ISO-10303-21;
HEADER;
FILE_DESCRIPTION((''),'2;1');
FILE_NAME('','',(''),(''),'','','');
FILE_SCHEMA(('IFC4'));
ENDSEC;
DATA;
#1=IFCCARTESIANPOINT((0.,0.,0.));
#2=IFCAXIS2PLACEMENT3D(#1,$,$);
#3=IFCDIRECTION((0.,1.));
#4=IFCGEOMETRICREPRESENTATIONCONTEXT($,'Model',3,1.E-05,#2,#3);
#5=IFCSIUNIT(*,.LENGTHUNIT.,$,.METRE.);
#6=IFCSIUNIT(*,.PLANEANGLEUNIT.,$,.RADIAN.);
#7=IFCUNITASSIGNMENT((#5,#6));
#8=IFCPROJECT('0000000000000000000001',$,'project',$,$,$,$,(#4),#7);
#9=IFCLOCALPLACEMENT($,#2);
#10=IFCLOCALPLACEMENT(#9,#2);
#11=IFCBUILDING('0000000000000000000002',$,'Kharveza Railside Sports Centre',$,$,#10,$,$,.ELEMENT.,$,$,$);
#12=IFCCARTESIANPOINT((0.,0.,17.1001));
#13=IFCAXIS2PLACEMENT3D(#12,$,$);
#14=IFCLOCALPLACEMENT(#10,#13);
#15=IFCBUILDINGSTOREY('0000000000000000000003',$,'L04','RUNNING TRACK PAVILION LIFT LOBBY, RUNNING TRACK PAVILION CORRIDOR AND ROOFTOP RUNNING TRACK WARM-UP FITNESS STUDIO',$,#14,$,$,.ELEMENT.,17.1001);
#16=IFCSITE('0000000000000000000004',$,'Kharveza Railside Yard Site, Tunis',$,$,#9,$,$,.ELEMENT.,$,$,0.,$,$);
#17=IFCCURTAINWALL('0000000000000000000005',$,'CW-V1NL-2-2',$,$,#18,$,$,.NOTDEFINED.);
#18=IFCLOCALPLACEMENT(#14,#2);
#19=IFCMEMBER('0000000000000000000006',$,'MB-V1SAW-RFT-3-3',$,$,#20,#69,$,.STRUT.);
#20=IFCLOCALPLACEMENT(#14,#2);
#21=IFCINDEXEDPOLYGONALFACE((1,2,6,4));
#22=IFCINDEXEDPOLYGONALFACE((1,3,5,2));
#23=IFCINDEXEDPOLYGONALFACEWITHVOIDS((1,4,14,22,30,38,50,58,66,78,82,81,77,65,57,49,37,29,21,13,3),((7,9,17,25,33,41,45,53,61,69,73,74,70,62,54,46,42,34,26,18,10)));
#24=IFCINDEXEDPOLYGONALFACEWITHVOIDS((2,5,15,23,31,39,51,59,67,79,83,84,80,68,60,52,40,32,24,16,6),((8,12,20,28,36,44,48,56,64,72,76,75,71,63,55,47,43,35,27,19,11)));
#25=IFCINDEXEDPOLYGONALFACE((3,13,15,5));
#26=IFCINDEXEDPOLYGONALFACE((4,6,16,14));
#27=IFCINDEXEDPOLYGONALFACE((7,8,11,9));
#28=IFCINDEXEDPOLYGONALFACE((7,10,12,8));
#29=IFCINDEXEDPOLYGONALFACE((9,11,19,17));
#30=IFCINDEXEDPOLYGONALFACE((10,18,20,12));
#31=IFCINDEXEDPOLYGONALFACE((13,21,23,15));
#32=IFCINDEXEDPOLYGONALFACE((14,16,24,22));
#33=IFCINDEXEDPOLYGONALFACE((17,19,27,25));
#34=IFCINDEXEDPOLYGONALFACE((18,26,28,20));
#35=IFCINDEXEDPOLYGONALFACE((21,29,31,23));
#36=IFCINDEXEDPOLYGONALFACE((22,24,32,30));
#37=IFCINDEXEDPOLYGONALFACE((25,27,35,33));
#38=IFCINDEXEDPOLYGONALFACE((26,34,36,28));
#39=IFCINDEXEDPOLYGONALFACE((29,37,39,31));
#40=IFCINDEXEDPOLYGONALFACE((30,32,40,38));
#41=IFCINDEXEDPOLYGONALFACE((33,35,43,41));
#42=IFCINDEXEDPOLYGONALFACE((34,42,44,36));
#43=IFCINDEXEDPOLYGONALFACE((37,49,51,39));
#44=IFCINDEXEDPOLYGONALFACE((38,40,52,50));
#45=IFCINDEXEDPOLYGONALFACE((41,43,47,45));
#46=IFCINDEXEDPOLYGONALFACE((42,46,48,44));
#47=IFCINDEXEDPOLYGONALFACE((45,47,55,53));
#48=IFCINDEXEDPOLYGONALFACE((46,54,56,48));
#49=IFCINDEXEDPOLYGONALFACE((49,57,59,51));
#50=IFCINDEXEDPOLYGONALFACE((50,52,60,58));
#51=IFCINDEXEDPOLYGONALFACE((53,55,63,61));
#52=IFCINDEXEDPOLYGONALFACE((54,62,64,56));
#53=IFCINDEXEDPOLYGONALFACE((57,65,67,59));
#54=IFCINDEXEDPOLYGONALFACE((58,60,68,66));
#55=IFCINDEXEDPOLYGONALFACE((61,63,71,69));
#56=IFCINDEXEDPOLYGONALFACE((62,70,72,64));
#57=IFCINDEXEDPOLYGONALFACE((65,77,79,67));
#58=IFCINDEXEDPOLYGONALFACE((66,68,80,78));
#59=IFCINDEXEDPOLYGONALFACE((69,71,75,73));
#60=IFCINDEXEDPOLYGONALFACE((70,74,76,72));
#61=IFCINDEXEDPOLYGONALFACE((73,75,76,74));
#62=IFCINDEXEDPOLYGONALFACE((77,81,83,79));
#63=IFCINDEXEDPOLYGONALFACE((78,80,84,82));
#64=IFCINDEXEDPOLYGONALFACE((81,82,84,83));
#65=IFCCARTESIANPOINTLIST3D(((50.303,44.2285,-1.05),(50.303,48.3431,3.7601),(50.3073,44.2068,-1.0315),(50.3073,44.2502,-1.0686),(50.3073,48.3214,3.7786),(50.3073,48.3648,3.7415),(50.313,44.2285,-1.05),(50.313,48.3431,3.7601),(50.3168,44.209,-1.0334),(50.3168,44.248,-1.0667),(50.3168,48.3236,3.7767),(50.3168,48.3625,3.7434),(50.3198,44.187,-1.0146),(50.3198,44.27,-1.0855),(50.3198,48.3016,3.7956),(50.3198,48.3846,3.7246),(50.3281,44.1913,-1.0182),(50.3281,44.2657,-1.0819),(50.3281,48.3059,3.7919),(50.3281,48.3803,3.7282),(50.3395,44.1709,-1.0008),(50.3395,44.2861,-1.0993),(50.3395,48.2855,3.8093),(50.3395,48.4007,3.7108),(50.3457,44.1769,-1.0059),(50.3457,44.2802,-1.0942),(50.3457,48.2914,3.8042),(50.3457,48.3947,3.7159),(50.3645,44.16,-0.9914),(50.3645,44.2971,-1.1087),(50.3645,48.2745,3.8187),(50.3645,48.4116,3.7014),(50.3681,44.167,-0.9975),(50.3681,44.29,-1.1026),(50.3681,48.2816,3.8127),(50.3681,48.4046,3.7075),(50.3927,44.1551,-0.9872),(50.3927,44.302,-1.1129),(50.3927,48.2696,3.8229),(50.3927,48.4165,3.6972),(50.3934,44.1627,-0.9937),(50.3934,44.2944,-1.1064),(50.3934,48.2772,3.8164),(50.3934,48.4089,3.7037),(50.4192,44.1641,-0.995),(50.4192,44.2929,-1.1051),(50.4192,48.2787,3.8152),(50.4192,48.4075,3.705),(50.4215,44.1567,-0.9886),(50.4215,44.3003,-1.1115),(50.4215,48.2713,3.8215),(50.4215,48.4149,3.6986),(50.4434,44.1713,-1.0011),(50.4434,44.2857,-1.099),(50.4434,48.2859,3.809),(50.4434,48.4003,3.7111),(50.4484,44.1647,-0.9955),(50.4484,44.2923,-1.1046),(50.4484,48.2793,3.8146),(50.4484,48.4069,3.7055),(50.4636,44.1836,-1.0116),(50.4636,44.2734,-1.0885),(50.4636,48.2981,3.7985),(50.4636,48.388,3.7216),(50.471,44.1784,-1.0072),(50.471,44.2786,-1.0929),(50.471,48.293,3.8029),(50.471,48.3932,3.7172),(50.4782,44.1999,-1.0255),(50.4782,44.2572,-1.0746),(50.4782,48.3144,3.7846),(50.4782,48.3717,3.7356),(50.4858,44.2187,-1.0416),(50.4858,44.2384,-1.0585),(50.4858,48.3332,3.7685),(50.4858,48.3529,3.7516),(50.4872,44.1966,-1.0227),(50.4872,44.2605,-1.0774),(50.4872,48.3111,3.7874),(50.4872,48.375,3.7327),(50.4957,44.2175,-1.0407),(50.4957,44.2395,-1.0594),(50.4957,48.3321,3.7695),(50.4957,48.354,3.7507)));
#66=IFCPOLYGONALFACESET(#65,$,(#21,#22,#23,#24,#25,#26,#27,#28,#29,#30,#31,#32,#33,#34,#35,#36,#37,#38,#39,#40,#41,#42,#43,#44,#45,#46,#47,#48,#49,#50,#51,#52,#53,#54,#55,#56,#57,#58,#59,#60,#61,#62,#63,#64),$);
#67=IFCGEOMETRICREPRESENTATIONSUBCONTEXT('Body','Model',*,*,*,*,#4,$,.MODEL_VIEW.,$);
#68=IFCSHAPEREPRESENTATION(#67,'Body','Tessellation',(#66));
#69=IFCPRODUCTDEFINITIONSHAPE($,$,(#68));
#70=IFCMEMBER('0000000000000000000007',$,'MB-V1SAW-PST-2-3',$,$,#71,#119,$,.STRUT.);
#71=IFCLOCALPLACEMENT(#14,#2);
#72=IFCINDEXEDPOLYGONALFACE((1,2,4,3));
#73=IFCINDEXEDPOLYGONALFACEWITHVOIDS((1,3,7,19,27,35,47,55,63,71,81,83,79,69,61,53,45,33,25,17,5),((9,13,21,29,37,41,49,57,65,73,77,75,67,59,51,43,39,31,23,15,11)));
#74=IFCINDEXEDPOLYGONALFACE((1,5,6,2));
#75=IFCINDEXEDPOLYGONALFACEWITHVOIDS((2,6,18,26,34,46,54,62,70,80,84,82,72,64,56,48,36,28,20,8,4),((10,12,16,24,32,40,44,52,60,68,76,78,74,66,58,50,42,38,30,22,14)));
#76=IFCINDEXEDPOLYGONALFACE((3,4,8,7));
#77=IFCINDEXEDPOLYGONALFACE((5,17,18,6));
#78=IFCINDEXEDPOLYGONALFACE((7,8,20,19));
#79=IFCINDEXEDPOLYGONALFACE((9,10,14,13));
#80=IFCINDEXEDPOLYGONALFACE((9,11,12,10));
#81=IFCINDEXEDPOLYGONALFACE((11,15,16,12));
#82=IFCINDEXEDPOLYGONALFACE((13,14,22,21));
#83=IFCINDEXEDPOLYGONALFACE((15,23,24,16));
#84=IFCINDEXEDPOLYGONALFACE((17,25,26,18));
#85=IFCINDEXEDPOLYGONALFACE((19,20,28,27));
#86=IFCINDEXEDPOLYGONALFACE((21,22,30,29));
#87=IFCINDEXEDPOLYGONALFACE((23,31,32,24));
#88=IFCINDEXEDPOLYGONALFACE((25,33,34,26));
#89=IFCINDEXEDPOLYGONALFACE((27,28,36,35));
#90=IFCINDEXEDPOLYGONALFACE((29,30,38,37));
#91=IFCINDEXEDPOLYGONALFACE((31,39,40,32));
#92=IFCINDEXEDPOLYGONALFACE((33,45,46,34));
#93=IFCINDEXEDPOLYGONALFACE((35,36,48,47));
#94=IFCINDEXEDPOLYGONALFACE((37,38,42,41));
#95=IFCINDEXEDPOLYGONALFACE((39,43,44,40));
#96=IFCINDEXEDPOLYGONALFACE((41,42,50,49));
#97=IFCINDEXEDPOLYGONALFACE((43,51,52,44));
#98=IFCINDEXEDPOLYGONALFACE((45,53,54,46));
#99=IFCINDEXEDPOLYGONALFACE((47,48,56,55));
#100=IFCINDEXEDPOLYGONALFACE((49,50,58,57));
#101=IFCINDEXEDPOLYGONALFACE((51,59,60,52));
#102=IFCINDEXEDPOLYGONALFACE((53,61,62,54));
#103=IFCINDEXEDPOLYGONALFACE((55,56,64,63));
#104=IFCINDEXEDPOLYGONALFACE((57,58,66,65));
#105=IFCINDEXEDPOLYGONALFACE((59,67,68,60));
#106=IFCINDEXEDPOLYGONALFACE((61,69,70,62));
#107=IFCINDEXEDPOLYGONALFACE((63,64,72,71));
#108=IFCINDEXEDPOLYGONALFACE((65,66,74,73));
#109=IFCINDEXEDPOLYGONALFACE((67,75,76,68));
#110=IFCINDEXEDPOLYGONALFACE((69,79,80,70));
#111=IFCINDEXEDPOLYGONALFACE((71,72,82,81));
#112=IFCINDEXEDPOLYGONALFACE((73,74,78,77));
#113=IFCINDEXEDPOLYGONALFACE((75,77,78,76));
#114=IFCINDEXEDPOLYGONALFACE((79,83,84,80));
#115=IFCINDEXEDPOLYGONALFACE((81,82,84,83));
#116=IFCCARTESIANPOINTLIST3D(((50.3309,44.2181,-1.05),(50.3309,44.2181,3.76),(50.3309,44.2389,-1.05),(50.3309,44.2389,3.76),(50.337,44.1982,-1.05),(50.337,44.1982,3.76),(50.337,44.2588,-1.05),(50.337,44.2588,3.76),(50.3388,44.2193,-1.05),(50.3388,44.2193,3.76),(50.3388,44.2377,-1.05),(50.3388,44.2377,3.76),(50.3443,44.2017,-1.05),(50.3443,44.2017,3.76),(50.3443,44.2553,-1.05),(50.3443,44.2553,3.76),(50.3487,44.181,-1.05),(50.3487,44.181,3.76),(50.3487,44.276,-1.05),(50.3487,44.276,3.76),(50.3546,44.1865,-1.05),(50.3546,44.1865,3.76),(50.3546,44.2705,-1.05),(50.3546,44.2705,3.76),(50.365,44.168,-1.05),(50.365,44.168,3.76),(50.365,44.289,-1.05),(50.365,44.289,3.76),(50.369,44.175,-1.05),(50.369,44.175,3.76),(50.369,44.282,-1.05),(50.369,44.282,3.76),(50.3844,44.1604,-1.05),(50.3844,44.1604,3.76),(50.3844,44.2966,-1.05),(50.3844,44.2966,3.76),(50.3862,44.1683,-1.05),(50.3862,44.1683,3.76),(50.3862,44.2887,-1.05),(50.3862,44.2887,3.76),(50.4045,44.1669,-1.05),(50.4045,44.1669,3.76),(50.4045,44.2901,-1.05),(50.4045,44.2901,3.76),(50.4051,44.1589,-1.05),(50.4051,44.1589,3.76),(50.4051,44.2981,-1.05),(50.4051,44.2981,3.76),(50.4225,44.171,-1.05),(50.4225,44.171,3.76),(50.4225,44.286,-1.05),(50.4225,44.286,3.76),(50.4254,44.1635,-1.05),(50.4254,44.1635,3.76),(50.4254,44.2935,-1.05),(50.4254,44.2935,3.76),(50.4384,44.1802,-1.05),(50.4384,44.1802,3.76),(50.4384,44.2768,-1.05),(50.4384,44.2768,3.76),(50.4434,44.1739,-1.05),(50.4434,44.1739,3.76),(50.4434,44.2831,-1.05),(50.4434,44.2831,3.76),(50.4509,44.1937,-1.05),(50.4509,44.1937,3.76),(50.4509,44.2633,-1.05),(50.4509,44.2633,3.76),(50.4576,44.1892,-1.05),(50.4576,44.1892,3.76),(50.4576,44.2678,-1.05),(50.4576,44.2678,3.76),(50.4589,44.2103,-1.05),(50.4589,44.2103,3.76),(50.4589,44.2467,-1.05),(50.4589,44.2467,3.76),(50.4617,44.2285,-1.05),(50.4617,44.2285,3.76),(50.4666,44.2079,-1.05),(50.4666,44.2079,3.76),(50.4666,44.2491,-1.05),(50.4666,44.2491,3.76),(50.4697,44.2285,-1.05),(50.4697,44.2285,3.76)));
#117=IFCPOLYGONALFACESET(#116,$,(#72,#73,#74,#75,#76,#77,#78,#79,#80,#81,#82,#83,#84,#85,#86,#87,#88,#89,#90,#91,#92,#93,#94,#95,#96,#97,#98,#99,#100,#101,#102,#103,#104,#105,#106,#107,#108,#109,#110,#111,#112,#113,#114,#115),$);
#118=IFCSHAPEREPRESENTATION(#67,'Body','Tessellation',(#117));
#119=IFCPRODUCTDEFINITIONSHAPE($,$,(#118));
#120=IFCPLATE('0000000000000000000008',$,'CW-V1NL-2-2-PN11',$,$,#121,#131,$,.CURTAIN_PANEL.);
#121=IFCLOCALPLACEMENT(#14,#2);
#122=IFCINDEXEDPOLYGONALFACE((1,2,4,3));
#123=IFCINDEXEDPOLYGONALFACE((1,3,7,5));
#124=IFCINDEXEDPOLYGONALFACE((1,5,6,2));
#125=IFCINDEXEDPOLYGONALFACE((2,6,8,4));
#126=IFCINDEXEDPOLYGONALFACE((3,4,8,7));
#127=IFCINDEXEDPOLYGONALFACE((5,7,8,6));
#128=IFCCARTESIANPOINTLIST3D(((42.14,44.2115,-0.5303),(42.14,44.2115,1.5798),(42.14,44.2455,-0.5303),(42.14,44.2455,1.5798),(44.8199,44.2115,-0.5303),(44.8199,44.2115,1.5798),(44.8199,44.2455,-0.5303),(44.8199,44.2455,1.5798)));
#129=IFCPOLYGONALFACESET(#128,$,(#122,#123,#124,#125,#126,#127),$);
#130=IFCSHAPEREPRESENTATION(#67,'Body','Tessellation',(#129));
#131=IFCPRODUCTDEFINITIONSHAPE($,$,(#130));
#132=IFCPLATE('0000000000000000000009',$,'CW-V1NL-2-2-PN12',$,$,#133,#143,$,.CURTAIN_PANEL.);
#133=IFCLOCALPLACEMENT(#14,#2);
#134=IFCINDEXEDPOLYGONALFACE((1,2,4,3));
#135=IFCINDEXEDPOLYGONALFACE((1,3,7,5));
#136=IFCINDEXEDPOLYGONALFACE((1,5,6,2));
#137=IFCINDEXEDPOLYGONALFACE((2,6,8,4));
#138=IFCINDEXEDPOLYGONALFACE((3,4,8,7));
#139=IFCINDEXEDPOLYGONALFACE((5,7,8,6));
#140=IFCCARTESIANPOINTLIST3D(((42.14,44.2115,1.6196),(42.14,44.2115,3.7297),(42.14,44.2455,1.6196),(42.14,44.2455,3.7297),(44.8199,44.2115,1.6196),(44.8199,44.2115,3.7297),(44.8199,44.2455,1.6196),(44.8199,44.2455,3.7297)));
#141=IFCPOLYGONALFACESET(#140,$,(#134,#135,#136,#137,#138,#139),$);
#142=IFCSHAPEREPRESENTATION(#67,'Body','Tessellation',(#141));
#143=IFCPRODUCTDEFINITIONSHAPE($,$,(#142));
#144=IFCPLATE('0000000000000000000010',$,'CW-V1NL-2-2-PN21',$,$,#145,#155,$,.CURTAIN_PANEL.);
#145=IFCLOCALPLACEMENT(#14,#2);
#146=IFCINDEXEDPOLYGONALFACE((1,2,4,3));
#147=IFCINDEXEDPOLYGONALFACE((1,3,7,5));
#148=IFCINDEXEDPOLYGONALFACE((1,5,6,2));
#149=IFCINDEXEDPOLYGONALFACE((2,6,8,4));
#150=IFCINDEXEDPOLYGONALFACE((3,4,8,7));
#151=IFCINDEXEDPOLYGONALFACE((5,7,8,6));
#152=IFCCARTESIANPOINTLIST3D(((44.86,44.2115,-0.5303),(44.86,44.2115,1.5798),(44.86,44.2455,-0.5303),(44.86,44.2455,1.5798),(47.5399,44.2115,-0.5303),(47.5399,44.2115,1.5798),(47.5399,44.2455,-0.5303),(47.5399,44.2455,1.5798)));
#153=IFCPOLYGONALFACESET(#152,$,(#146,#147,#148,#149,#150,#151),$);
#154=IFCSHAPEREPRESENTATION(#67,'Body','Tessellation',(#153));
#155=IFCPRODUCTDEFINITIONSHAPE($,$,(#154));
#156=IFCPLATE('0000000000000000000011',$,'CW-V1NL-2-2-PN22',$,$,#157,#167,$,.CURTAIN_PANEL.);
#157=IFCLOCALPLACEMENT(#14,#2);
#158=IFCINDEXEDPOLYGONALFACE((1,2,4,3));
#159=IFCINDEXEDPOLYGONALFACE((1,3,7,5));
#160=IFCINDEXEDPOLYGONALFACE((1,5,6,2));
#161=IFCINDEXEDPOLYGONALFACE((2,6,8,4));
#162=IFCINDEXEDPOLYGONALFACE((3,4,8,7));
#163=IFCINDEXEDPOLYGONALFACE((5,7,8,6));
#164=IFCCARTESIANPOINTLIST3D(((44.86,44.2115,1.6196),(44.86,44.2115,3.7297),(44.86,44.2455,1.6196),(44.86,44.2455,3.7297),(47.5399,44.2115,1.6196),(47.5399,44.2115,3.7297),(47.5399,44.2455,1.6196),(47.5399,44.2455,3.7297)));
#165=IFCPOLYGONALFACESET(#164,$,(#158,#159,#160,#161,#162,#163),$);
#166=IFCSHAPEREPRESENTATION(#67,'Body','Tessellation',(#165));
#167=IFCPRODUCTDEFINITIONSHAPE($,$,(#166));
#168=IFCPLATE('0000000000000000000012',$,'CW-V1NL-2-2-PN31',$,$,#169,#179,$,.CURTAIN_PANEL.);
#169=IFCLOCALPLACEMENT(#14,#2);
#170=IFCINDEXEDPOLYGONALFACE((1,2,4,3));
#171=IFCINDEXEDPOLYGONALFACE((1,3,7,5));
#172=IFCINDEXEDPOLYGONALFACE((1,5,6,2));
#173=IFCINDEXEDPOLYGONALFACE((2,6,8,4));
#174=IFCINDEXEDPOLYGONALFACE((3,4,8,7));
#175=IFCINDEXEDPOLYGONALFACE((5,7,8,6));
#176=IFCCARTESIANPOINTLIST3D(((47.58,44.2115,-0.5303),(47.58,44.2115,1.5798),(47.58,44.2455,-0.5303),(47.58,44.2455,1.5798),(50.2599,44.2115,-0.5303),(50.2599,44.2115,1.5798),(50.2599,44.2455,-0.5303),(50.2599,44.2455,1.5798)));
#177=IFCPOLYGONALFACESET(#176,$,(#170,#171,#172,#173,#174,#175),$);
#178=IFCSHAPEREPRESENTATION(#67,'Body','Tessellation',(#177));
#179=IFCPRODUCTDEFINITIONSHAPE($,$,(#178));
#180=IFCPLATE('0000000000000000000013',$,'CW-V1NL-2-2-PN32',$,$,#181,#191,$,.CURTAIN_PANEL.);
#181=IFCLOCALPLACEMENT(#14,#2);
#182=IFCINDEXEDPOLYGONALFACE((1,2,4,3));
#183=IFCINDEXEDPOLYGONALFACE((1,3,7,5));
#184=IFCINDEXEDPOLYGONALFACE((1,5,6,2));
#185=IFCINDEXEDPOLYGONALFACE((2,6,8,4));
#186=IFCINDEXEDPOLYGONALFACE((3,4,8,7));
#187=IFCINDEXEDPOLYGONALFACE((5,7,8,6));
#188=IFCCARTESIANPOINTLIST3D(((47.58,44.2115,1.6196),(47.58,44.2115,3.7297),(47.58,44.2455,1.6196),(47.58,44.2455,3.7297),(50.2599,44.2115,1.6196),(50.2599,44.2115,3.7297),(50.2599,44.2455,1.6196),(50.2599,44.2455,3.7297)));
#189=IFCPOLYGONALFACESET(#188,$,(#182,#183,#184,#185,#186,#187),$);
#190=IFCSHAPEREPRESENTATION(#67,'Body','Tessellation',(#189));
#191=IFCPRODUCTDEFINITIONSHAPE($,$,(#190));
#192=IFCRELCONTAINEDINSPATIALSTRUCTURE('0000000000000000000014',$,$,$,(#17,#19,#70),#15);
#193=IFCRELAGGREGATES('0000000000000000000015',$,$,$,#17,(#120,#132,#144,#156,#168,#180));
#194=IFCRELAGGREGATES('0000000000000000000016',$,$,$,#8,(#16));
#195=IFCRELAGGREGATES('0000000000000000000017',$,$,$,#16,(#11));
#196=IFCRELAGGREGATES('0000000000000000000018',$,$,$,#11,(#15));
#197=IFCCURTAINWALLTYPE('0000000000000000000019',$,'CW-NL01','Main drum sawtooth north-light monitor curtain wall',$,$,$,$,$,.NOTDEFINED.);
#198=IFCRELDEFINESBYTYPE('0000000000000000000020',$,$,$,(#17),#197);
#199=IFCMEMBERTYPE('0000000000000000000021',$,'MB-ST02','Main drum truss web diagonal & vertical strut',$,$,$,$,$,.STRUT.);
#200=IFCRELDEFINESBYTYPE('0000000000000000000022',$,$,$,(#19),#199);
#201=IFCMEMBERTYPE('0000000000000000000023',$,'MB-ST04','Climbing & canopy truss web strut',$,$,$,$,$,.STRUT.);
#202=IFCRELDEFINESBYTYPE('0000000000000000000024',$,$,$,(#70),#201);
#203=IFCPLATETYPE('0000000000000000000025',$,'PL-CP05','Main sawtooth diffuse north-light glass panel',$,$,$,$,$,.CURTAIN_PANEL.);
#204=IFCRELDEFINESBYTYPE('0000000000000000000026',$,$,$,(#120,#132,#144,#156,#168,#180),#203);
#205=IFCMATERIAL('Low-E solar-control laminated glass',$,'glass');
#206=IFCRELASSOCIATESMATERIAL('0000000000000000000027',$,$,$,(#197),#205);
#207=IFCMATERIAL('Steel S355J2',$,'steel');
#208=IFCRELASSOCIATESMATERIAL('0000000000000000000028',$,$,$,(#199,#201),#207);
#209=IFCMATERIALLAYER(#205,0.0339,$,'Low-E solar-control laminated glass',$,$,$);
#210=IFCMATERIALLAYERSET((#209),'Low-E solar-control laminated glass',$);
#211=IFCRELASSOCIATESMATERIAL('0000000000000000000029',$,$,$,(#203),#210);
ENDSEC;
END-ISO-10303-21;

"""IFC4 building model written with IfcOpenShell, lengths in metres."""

from ifc_helpers import new_model, si_unit, direction, frame, origin, origin_2d, place, context, subcontext, project, spatial, rectangle, hollow_circle, extrude, material, layer, layer_set, material_profile, profile_set, type_object, element, aggregate, save


model = new_model("IFC4")

# Units and contexts
model_context = context("Model", 3, precision=1e-05, world=origin(), true_north=direction((0.0, 1.0)))
body_context = subcontext(model_context, "Body", "Model", "MODEL_VIEW")
ifc_project = project(units=[si_unit("LENGTHUNIT", "METRE"), si_unit("PLANEANGLEUNIT", "RADIAN")], contexts=[model_context])

# Site, building, storey
site_placement = place(None, origin())
site = spatial("IfcSite", under=ifc_project, at=site_placement, Name="Kharveza Railside Yard Site, Tunis", CompositionType="ELEMENT", RefElevation=0.0)
building_placement = place(site_placement, origin())
building = spatial("IfcBuilding", under=site, at=building_placement, Name="Kharveza Railside Sports Centre", CompositionType="ELEMENT")
storey_placement = place(building_placement, frame((0.0, 0.0, 17.1001)))
storey = spatial("IfcBuildingStorey", under=building, at=storey_placement, Name="L04", Description="RUNNING TRACK PAVILION LIFT LOBBY, RUNNING TRACK PAVILION CORRIDOR AND ROOFTOP RUNNING TRACK WARM-UP FITNESS STUDIO", CompositionType="ELEMENT", Elevation=17.1001)

# Curtain wall
ifc_material_1 = material(Name="Low-E solar-control laminated glass", Category="glass")
curtain_wall_type = type_object("IfcCurtainWallType", Name="CW-NL01", Description="Main drum sawtooth north-light monitor curtain wall", PredefinedType="NOTDEFINED", material=ifc_material_1)
curtain_wall_1_placement = place(storey_placement, origin())
curtain_wall_1 = element("IfcCurtainWall", 1, at=curtain_wall_1_placement, inside=storey, type_object=curtain_wall_type, Name="CW-V1NL-2-2", PredefinedType="NOTDEFINED")

# Members
ifc_material_2 = material(Name="Steel S355J2", Category="steel")
ifc_material_profile_1 = material_profile(ifc_material_2, hollow_circle(Radius=0.0969, WallThickness=0.01, at=origin_2d()), Name="CHS 193.7x10.0")
ifc_profile_set_1 = profile_set([ifc_material_profile_1], Name="Steel S355J2")
member_type_1 = type_object("IfcMemberType", Name="MB-ST02", Description="Main drum truss web diagonal & vertical strut", PredefinedType="STRUT", material=ifc_profile_set_1)
member_1_placement = place(storey_placement, frame((50.3999, 44.2285, -1.05), z_axis=(0.0, 0.650026, 0.759912), x_axis=(-1.0, 0.0, 0.0)))
element("IfcMember", 2, at=member_1_placement, inside=storey, type_object=member_type_1, Name="MB-V1SAW-RFT-3-3", PredefinedType="STRUT", context=body_context, shape_type="SweptSolid", body=[
    extrude(hollow_circle(Radius=0.0969, WallThickness=0.01, at=origin_2d()), origin(), (0.0, 0.0, 1.0), 6.3298),
])
ifc_material_profile_2 = material_profile(ifc_material_2, hollow_circle(Radius=0.0698, WallThickness=0.0081, at=origin_2d()), Name="CHS 139.7x8.0")
ifc_profile_set_2 = profile_set([ifc_material_profile_2], Name="Steel S355J2")
member_type_2 = type_object("IfcMemberType", Name="MB-ST04", Description="Climbing & canopy truss web strut", PredefinedType="STRUT", material=ifc_profile_set_2)
member_2_placement = place(storey_placement, frame((50.3999, 44.2285, -1.05), z_axis=(0.0, 0.0, 1.0), x_axis=(1.0, 0.0, 0.0)))
element("IfcMember", 3, at=member_2_placement, inside=storey, type_object=member_type_2, Name="MB-V1SAW-PST-2-3", PredefinedType="STRUT", context=body_context, shape_type="SweptSolid", body=[
    extrude(hollow_circle(Radius=0.0698, WallThickness=0.0081, at=origin_2d()), origin(), (0.0, 0.0, 1.0), 4.8101),
])

# Plates
ifc_layer = layer(ifc_material_1, 0.0339, Name="Low-E solar-control laminated glass")
ifc_layer_set = layer_set([ifc_layer], Name="Low-E solar-control laminated glass")
plate_type = type_object("IfcPlateType", Name="PL-CP05", Description="Main sawtooth diffuse north-light glass panel", PredefinedType="CURTAIN_PANEL", material=ifc_layer_set)
plate_1_placement = place(storey_placement, frame((43.48, 44.2285, -0.5303), z_axis=(0.0, 0.0, 1.0), x_axis=(1.0, 0.0, 0.0)))
plate_1 = element("IfcPlate", 4, at=plate_1_placement, type_object=plate_type, Name="CW-V1NL-2-2-PN11", PredefinedType="CURTAIN_PANEL", context=body_context, shape_type="SweptSolid", body=[
    extrude(rectangle(XDim=2.6799, YDim=0.0339, at=origin_2d()), origin(), (0.0, 0.0, 1.0), 2.1101),
])
plate_2_placement = place(storey_placement, frame((43.48, 44.2285, 1.6196), z_axis=(0.0, 0.0, 1.0), x_axis=(1.0, 0.0, 0.0)))
plate_2 = element("IfcPlate", 5, at=plate_2_placement, type_object=plate_type, Name="CW-V1NL-2-2-PN12", PredefinedType="CURTAIN_PANEL", context=body_context, shape_type="SweptSolid", body=[
    extrude(rectangle(XDim=2.6799, YDim=0.0339, at=origin_2d()), origin(), (0.0, 0.0, 1.0), 2.1101),
])
plate_3_placement = place(storey_placement, frame((46.2, 44.2285, -0.5303), z_axis=(0.0, 0.0, 1.0), x_axis=(1.0, 0.0, 0.0)))
plate_3 = element("IfcPlate", 6, at=plate_3_placement, type_object=plate_type, Name="CW-V1NL-2-2-PN21", PredefinedType="CURTAIN_PANEL", context=body_context, shape_type="SweptSolid", body=[
    extrude(rectangle(XDim=2.6799, YDim=0.0339, at=origin_2d()), origin(), (0.0, 0.0, 1.0), 2.1101),
])
plate_4_placement = place(storey_placement, frame((46.2, 44.2285, 1.6196), z_axis=(0.0, 0.0, 1.0), x_axis=(1.0, 0.0, 0.0)))
plate_4 = element("IfcPlate", 7, at=plate_4_placement, type_object=plate_type, Name="CW-V1NL-2-2-PN22", PredefinedType="CURTAIN_PANEL", context=body_context, shape_type="SweptSolid", body=[
    extrude(rectangle(XDim=2.6799, YDim=0.0339, at=origin_2d()), origin(), (0.0, 0.0, 1.0), 2.1101),
])
plate_5_placement = place(storey_placement, frame((48.9199, 44.2285, -0.5303), z_axis=(0.0, 0.0, 1.0), x_axis=(1.0, 0.0, 0.0)))
plate_5 = element("IfcPlate", 8, at=plate_5_placement, type_object=plate_type, Name="CW-V1NL-2-2-PN31", PredefinedType="CURTAIN_PANEL", context=body_context, shape_type="SweptSolid", body=[
    extrude(rectangle(XDim=2.6799, YDim=0.0339, at=origin_2d()), origin(), (0.0, 0.0, 1.0), 2.1101),
])
plate_6_placement = place(storey_placement, frame((48.9199, 44.2285, 1.6196), z_axis=(0.0, 0.0, 1.0), x_axis=(1.0, 0.0, 0.0)))
plate_6 = element("IfcPlate", 9, at=plate_6_placement, type_object=plate_type, Name="CW-V1NL-2-2-PN32", PredefinedType="CURTAIN_PANEL", context=body_context, shape_type="SweptSolid", body=[
    extrude(rectangle(XDim=2.6799, YDim=0.0339, at=origin_2d()), origin(), (0.0, 0.0, 1.0), 2.1101),
])
aggregate(curtain_wall_1, [plate_1, plate_2, plate_3, plate_4, plate_5, plate_6])

save(model, "model.ifc")
